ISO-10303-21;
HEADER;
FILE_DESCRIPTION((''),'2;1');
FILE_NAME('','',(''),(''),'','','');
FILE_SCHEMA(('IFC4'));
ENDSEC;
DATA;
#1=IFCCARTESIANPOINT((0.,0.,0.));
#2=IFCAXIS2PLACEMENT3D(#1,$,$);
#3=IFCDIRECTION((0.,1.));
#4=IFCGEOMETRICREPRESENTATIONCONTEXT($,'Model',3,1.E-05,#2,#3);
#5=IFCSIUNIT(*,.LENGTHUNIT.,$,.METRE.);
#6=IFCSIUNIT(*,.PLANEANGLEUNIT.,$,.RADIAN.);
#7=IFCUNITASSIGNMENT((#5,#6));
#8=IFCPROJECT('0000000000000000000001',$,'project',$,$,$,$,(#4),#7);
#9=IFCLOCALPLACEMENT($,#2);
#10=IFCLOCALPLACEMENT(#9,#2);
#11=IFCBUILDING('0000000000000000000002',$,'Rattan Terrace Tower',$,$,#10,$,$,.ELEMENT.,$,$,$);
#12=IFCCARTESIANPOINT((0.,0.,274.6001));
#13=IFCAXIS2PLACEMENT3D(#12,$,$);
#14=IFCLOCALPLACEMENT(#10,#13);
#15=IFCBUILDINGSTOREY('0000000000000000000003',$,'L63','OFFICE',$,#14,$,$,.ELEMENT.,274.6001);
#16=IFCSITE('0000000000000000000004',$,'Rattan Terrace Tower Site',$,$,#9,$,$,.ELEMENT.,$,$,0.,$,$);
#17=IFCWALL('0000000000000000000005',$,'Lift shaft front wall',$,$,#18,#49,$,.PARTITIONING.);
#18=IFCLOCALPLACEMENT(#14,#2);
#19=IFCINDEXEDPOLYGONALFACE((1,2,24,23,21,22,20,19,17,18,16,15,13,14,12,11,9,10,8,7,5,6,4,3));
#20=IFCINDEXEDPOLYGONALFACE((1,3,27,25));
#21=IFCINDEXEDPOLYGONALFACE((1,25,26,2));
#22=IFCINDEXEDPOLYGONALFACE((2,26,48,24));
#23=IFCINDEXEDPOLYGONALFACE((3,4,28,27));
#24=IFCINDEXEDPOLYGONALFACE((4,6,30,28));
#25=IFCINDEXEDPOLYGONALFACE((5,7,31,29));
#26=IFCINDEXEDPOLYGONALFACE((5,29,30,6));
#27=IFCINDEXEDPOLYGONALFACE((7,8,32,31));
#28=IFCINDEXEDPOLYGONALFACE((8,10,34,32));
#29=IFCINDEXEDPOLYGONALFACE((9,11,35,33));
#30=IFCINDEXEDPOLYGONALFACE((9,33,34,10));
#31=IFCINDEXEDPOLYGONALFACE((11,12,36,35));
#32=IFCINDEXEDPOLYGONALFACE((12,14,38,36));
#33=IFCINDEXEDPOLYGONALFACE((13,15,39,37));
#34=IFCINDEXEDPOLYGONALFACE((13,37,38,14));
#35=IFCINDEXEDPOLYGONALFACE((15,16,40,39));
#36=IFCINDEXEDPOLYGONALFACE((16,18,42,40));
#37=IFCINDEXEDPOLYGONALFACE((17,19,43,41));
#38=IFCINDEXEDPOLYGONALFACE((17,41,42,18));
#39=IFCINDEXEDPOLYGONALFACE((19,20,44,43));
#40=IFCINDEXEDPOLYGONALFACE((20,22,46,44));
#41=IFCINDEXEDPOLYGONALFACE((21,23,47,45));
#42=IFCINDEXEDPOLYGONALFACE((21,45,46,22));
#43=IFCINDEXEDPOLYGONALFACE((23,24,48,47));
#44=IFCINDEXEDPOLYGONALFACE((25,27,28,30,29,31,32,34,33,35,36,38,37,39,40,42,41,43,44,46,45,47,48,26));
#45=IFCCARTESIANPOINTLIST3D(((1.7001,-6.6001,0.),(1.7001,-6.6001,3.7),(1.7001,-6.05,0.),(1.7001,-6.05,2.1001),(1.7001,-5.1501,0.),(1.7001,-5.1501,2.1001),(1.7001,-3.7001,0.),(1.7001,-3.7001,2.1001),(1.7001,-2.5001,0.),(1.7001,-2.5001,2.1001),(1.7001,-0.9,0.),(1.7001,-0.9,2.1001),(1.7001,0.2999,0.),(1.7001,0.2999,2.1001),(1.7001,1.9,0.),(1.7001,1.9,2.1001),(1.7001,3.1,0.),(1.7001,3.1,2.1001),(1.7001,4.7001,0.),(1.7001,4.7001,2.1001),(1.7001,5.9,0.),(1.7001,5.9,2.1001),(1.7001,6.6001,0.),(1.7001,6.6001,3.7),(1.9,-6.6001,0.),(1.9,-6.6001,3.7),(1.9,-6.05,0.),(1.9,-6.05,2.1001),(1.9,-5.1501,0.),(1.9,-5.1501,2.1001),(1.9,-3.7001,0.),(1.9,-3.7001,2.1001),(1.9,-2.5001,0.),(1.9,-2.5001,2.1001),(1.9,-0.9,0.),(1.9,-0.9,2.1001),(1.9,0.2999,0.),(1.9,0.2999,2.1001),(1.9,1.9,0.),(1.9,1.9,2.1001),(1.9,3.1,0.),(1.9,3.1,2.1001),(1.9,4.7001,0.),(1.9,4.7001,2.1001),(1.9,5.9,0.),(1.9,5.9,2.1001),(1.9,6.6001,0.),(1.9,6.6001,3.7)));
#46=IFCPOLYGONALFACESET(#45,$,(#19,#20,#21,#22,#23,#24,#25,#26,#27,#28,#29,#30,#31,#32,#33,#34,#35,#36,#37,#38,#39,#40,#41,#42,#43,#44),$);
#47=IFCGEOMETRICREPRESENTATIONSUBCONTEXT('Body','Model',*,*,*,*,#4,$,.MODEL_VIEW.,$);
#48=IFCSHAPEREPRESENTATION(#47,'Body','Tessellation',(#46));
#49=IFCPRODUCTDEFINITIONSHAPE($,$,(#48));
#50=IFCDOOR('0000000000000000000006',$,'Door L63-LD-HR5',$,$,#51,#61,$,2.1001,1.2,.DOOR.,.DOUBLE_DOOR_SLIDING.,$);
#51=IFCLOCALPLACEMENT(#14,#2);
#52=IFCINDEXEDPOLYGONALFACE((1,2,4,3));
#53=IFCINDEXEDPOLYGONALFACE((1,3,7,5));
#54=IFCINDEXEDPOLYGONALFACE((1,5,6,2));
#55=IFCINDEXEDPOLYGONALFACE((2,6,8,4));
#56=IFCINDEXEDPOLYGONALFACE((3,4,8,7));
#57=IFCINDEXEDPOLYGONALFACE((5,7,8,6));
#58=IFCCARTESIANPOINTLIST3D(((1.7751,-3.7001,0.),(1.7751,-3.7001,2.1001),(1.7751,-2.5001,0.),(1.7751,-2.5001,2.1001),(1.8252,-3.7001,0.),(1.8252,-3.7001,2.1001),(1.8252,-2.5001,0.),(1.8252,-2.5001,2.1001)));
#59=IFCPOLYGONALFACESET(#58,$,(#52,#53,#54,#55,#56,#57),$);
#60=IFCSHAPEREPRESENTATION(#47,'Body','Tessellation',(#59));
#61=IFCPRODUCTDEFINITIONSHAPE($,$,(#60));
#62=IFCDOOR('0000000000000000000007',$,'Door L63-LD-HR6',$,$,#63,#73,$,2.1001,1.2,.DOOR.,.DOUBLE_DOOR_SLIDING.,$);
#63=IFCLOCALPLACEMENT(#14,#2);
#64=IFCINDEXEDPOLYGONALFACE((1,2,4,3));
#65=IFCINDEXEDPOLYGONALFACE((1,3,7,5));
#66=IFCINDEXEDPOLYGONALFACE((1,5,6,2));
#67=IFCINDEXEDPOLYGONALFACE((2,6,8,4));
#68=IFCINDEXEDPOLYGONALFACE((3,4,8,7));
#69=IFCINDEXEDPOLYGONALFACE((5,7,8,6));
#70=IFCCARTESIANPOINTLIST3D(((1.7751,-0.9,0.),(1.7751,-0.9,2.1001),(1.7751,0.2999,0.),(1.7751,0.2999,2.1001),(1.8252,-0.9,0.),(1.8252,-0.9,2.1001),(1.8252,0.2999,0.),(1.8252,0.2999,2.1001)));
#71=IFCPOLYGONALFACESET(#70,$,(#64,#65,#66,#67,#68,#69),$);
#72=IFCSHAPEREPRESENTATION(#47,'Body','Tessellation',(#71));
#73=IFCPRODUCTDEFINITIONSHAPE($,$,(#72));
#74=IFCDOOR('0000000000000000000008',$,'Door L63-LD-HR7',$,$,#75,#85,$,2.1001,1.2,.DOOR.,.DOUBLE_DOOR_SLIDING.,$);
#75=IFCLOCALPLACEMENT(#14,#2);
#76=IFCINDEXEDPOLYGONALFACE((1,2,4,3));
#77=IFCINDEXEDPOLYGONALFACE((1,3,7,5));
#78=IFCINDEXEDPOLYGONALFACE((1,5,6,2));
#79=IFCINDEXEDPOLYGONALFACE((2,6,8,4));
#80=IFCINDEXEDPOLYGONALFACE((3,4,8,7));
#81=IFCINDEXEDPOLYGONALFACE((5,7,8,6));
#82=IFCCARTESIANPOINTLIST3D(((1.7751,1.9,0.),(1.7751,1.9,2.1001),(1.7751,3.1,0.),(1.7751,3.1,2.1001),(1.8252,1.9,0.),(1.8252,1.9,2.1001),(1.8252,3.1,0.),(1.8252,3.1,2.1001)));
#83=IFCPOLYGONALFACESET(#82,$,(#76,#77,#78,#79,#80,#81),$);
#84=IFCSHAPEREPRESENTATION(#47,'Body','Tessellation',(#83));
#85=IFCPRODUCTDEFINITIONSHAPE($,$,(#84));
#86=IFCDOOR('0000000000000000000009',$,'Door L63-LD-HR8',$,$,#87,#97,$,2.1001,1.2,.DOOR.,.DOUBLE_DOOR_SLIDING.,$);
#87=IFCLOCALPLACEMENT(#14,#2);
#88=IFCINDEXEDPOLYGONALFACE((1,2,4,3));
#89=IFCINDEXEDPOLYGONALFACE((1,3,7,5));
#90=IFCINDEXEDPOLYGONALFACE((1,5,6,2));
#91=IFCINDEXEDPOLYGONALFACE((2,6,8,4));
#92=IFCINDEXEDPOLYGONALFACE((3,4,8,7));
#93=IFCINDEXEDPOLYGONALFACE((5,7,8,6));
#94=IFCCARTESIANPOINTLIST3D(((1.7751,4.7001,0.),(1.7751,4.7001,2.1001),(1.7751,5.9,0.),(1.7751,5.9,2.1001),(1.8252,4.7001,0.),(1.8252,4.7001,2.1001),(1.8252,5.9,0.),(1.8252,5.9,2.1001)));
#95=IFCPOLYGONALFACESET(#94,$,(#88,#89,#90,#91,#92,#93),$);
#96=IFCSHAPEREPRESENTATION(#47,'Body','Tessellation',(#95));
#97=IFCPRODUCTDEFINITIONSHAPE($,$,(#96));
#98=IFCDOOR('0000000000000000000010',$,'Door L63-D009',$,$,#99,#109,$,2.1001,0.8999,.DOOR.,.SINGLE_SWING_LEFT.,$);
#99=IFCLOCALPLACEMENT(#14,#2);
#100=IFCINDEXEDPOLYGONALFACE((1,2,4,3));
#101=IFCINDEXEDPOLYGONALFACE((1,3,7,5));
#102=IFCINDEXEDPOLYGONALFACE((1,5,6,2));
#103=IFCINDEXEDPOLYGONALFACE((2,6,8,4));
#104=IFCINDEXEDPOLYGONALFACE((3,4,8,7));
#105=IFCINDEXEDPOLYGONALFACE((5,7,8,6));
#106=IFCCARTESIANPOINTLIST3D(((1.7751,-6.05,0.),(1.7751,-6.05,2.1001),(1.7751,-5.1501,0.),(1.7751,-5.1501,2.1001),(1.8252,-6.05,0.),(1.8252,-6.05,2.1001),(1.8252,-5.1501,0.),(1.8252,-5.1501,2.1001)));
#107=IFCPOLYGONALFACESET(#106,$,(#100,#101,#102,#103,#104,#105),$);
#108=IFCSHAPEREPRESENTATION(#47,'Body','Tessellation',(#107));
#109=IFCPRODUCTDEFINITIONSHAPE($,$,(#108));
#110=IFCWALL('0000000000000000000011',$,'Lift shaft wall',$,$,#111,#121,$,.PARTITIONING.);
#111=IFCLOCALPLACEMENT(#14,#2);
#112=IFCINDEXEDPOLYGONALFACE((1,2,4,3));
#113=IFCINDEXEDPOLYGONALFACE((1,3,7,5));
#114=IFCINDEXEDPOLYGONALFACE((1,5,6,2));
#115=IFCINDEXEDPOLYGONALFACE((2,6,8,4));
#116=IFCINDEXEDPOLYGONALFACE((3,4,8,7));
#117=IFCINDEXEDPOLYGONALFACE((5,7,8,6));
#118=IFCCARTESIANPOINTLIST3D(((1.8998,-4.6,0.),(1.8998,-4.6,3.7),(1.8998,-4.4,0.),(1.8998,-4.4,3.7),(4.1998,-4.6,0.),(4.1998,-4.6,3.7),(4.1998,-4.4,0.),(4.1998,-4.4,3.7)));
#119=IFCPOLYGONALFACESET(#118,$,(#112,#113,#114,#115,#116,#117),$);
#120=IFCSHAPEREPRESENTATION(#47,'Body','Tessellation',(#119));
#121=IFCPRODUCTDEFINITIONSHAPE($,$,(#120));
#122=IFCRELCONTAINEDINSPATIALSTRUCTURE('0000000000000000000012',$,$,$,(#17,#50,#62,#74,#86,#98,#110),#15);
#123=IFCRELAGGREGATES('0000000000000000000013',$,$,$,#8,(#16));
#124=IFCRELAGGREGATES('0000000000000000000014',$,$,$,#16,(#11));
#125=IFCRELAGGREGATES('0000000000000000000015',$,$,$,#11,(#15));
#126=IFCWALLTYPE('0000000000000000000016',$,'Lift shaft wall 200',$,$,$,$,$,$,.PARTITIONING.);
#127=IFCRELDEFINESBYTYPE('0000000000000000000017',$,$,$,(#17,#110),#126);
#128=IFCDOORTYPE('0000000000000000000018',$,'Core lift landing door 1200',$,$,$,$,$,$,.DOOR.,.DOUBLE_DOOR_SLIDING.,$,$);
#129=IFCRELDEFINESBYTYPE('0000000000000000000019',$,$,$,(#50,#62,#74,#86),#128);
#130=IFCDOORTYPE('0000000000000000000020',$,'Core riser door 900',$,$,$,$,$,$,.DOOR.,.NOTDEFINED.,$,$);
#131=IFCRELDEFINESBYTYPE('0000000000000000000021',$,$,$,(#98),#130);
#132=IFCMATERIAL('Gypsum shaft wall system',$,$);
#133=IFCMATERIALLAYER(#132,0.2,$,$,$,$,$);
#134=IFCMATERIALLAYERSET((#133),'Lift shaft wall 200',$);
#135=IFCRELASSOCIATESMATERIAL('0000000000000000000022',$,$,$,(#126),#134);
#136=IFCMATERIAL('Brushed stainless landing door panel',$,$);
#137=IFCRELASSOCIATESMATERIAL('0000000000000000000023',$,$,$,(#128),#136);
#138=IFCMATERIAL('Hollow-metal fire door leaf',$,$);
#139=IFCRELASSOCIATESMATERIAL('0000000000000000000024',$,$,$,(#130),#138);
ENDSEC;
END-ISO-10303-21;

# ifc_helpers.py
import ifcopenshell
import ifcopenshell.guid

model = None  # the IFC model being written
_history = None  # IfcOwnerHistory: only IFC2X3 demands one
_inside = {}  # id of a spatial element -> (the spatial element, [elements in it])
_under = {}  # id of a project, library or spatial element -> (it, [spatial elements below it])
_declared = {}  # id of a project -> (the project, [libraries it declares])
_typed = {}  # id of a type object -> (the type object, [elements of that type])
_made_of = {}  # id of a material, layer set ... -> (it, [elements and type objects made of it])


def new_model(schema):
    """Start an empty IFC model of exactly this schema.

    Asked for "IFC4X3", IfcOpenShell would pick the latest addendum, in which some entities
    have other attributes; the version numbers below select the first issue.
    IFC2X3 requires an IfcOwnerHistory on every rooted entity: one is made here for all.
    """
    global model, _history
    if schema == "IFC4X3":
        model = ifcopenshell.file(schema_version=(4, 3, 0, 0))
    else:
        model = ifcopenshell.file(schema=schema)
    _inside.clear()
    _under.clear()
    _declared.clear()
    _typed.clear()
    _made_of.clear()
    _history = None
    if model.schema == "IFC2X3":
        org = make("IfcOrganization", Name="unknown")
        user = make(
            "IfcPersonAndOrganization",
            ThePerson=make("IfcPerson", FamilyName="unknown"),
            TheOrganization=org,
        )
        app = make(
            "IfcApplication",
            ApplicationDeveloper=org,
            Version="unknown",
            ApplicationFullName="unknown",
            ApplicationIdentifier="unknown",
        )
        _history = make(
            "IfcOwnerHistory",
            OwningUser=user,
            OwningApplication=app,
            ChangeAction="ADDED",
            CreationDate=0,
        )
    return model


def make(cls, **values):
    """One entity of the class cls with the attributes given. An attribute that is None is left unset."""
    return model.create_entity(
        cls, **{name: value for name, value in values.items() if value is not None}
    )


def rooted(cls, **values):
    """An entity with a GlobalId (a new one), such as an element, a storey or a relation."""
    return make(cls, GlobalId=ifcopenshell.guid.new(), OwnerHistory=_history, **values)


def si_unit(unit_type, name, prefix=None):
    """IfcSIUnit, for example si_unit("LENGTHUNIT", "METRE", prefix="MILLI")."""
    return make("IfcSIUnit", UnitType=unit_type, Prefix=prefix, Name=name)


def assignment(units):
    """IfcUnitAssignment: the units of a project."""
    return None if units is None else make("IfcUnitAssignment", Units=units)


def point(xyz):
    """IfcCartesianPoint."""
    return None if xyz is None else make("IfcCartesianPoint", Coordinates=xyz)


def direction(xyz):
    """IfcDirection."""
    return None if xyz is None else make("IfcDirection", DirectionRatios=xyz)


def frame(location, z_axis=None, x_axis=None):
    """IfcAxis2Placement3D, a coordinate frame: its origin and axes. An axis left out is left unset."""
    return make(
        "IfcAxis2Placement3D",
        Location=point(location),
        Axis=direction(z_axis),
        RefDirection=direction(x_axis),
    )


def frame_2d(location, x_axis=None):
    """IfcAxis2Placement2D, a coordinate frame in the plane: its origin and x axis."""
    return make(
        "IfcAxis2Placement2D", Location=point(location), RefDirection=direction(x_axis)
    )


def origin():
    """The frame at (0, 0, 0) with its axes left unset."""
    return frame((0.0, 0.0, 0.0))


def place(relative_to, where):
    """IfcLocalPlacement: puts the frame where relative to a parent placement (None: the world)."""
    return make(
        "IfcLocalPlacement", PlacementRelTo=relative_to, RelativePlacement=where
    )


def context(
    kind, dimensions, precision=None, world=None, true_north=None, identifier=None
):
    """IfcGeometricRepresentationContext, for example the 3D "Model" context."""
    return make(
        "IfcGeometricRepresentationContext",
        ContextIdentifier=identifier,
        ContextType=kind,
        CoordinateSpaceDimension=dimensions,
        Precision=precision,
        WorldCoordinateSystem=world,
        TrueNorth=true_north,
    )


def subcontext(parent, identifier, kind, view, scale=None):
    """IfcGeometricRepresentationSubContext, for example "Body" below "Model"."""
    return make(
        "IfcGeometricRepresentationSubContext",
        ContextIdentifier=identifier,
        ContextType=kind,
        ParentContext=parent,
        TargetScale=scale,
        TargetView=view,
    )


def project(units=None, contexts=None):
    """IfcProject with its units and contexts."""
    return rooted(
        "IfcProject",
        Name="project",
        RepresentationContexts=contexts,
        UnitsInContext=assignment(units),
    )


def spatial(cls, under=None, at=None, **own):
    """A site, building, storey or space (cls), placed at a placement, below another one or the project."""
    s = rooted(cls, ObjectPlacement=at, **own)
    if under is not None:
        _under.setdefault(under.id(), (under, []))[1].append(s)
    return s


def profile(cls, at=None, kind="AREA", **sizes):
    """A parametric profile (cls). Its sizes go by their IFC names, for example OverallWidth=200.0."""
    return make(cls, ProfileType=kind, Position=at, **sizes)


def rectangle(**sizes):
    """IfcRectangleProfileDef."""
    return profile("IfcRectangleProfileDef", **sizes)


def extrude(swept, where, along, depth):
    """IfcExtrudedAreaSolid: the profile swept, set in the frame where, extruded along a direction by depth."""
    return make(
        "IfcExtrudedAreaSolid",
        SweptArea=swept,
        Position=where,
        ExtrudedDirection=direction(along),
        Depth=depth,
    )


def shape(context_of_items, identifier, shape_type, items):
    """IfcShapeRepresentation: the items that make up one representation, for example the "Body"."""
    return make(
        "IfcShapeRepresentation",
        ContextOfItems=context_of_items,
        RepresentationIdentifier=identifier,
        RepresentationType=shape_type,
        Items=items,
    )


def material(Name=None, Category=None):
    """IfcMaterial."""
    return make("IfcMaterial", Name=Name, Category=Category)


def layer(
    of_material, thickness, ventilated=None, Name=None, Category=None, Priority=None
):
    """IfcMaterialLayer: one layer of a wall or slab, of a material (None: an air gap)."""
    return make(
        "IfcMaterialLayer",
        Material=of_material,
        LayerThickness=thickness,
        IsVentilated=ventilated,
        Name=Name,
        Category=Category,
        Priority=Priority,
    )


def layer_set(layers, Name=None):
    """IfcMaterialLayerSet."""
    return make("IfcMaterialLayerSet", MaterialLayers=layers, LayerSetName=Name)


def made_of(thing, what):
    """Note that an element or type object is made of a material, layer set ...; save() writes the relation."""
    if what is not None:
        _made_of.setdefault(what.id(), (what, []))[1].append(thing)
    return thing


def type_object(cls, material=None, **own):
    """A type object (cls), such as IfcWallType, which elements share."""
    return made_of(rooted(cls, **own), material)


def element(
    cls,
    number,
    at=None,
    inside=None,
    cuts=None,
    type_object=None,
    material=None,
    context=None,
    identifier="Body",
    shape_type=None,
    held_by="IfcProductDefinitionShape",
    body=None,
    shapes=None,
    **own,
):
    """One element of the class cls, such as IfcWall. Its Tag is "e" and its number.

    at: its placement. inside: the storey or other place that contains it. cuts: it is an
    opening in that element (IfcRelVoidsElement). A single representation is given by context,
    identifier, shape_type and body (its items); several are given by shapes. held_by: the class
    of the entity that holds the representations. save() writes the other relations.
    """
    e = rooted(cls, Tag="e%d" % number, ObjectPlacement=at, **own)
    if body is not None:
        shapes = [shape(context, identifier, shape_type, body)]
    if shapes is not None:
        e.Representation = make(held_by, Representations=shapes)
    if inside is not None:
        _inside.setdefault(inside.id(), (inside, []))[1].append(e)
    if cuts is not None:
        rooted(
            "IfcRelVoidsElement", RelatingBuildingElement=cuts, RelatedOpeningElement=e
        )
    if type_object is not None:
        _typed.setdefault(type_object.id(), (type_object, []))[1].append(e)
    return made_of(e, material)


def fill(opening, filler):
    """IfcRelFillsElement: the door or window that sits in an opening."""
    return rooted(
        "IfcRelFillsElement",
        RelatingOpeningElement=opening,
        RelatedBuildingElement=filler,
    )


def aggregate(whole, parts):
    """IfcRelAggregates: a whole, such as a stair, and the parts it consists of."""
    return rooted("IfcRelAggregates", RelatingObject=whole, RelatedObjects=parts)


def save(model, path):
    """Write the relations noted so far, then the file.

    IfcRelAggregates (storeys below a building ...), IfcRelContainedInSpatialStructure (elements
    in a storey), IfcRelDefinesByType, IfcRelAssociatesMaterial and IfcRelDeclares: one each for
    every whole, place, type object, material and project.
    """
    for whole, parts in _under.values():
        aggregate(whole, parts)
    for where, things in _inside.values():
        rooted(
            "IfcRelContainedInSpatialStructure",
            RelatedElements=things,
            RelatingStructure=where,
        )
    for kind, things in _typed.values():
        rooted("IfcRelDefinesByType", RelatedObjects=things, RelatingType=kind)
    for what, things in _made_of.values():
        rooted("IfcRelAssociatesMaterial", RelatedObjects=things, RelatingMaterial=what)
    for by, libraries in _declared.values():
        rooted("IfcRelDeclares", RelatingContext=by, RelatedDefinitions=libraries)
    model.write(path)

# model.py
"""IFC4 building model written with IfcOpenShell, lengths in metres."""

from ifc_helpers import new_model, si_unit, direction, frame, frame_2d, origin, place, context, subcontext, project, spatial, rectangle, extrude, material, layer, layer_set, type_object, element, fill, save


model = new_model("IFC4")

# Units and contexts
model_context = context("Model", 3, precision=1e-05, world=origin(), true_north=direction((0.0, 1.0)))
body_context = subcontext(model_context, "Body", "Model", "MODEL_VIEW")
ifc_project = project(units=[si_unit("LENGTHUNIT", "METRE"), si_unit("PLANEANGLEUNIT", "RADIAN")], contexts=[model_context])

# Site, building, storey
site_placement = place(None, origin())
site = spatial("IfcSite", under=ifc_project, at=site_placement, Name="Rattan Terrace Tower Site", CompositionType="ELEMENT", RefElevation=0.0)
building_placement = place(site_placement, origin())
building = spatial("IfcBuilding", under=site, at=building_placement, Name="Rattan Terrace Tower", CompositionType="ELEMENT")
storey_placement = place(building_placement, frame((0.0, 0.0, 274.6001)))
storey = spatial("IfcBuildingStorey", under=building, at=storey_placement, Name="L63", Description="OFFICE", CompositionType="ELEMENT", Elevation=274.6001)

# Wall, openings, doors
ifc_material_1 = material(Name="Gypsum shaft wall system")
ifc_layer_1 = layer(ifc_material_1, 0.2)
ifc_layer_set_1 = layer_set([ifc_layer_1], Name="Lift shaft wall 200")
wall_type_1 = type_object("IfcWallType", Name="Lift shaft wall 200", PredefinedType="PARTITIONING", material=ifc_layer_set_1)
wall_1_placement = place(storey_placement, frame((1.8, -6.6001, 0.0), z_axis=(0.0, 0.0, 1.0), x_axis=(0.0, 1.0, 0.0)))
wall_1 = element("IfcWall", 1, at=wall_1_placement, inside=storey, type_object=wall_type_1, Name="Lift shaft front wall", PredefinedType="PARTITIONING", context=body_context, shape_type="SweptSolid", body=[
    extrude(rectangle(XDim=13.2002, YDim=0.2, at=frame_2d((6.6001, 0.0))), origin(), (0.0, 0.0, 1.0), 3.7),
])
opening_1_placement = place(wall_1_placement, frame((0.55, 0.0, 0.0)))
opening_1 = element("IfcOpeningElement", 2, at=opening_1_placement, cuts=wall_1, PredefinedType="OPENING", context=body_context, shape_type="SweptSolid", body=[
    extrude(rectangle(XDim=0.8999, YDim=2.1001, at=frame_2d((0.45, 1.05))), frame((0.0, 0.1106, 0.0), z_axis=(0.0, -1.0, 0.0), x_axis=(1.0, 0.0, 0.0)), (0.0, 0.0, 1.0), 0.2209),
])
opening_2_placement = place(wall_1_placement, frame((2.8999, 0.0, 0.0)))
opening_2 = element("IfcOpeningElement", 3, at=opening_2_placement, cuts=wall_1, PredefinedType="OPENING", context=body_context, shape_type="SweptSolid", body=[
    extrude(rectangle(XDim=1.2, YDim=2.1001, at=frame_2d((0.6001, 1.05))), frame((0.0, 0.1106, 0.0), z_axis=(0.0, -1.0, 0.0), x_axis=(1.0, 0.0, 0.0)), (0.0, 0.0, 1.0), 0.2209),
])
opening_3_placement = place(wall_1_placement, frame((5.7, 0.0, 0.0)))
opening_3 = element("IfcOpeningElement", 4, at=opening_3_placement, cuts=wall_1, PredefinedType="OPENING", context=body_context, shape_type="SweptSolid", body=[
    extrude(rectangle(XDim=1.2, YDim=2.1001, at=frame_2d((0.6001, 1.05))), frame((0.0, 0.1106, 0.0), z_axis=(0.0, -1.0, 0.0), x_axis=(1.0, 0.0, 0.0)), (0.0, 0.0, 1.0), 0.2209),
])
opening_4_placement = place(wall_1_placement, frame((8.5, 0.0, 0.0)))
opening_4 = element("IfcOpeningElement", 5, at=opening_4_placement, cuts=wall_1, PredefinedType="OPENING", context=body_context, shape_type="SweptSolid", body=[
    extrude(rectangle(XDim=1.2, YDim=2.1001, at=frame_2d((0.6001, 1.05))), frame((0.0, 0.1106, 0.0), z_axis=(0.0, -1.0, 0.0), x_axis=(1.0, 0.0, 0.0)), (0.0, 0.0, 1.0), 0.2209),
])
opening_5_placement = place(wall_1_placement, frame((11.3, 0.0, 0.0)))
opening_5 = element("IfcOpeningElement", 6, at=opening_5_placement, cuts=wall_1, PredefinedType="OPENING", context=body_context, shape_type="SweptSolid", body=[
    extrude(rectangle(XDim=1.2, YDim=2.1001, at=frame_2d((0.6001, 1.05))), frame((0.0, 0.1106, 0.0), z_axis=(0.0, -1.0, 0.0), x_axis=(1.0, 0.0, 0.0)), (0.0, 0.0, 1.0), 0.2209),
])
ifc_material_2 = material(Name="Brushed stainless landing door panel")
door_type_1 = type_object("IfcDoorType", Name="Core lift landing door 1200", OperationType="DOUBLE_DOOR_SLIDING", PredefinedType="DOOR", material=ifc_material_2)
door_1_placement = place(opening_2_placement, origin())
door_1 = element("IfcDoor", 7, at=door_1_placement, inside=storey, type_object=door_type_1, Name="Door L63-LD-HR5", OperationType="DOUBLE_DOOR_SLIDING", OverallHeight=2.1001, OverallWidth=1.2, PredefinedType="DOOR", context=body_context, shape_type="SweptSolid", body=[
    extrude(rectangle(XDim=1.2, YDim=2.1001, at=frame_2d((0.6001, 1.05))), frame((0.0, 0.0249, 0.0), z_axis=(0.0, -1.0, 0.0), x_axis=(1.0, 0.0, 0.0)), (0.0, 0.0, 1.0), 0.05),
])
fill(opening_2, door_1)
door_2_placement = place(opening_3_placement, origin())
door_2 = element("IfcDoor", 8, at=door_2_placement, inside=storey, type_object=door_type_1, Name="Door L63-LD-HR6", OperationType="DOUBLE_DOOR_SLIDING", OverallHeight=2.1001, OverallWidth=1.2, PredefinedType="DOOR", context=body_context, shape_type="SweptSolid", body=[
    extrude(rectangle(XDim=1.2, YDim=2.1001, at=frame_2d((0.6001, 1.05))), frame((0.0, 0.0249, 0.0), z_axis=(0.0, -1.0, 0.0), x_axis=(1.0, 0.0, 0.0)), (0.0, 0.0, 1.0), 0.05),
])
fill(opening_3, door_2)
door_3_placement = place(opening_4_placement, origin())
door_3 = element("IfcDoor", 9, at=door_3_placement, inside=storey, type_object=door_type_1, Name="Door L63-LD-HR7", OperationType="DOUBLE_DOOR_SLIDING", OverallHeight=2.1001, OverallWidth=1.2, PredefinedType="DOOR", context=body_context, shape_type="SweptSolid", body=[
    extrude(rectangle(XDim=1.2, YDim=2.1001, at=frame_2d((0.6001, 1.05))), frame((0.0, 0.0249, 0.0), z_axis=(0.0, -1.0, 0.0), x_axis=(1.0, 0.0, 0.0)), (0.0, 0.0, 1.0), 0.05),
])
fill(opening_4, door_3)
door_4_placement = place(opening_5_placement, origin())
door_4 = element("IfcDoor", 10, at=door_4_placement, inside=storey, type_object=door_type_1, Name="Door L63-LD-HR8", OperationType="DOUBLE_DOOR_SLIDING", OverallHeight=2.1001, OverallWidth=1.2, PredefinedType="DOOR", context=body_context, shape_type="SweptSolid", body=[
    extrude(rectangle(XDim=1.2, YDim=2.1001, at=frame_2d((0.6001, 1.05))), frame((0.0, 0.0249, 0.0), z_axis=(0.0, -1.0, 0.0), x_axis=(1.0, 0.0, 0.0)), (0.0, 0.0, 1.0), 0.05),
])
fill(opening_5, door_4)
ifc_material_3 = material(Name="Hollow-metal fire door leaf")
door_type_2 = type_object("IfcDoorType", Name="Core riser door 900", OperationType="NOTDEFINED", PredefinedType="DOOR", material=ifc_material_3)
door_5_placement = place(opening_1_placement, origin())
door_5 = element("IfcDoor", 11, at=door_5_placement, inside=storey, type_object=door_type_2, Name="Door L63-D009", OperationType="SINGLE_SWING_LEFT", OverallHeight=2.1001, OverallWidth=0.8999, PredefinedType="DOOR", context=body_context, shape_type="SweptSolid", body=[
    extrude(rectangle(XDim=0.8999, YDim=2.1001, at=frame_2d((0.45, 1.05))), frame((0.0, 0.0249, 0.0), z_axis=(0.0, -1.0, 0.0), x_axis=(1.0, 0.0, 0.0)), (0.0, 0.0, 1.0), 0.05),
])
fill(opening_1, door_5)

# Wall
wall_2_placement = place(storey_placement, frame((1.8999, -4.5, 0.0), z_axis=(0.0, 0.0, 1.0), x_axis=(1.0, 0.0, 0.0)))
element("IfcWall", 12, at=wall_2_placement, inside=storey, type_object=wall_type_1, Name="Lift shaft wall", PredefinedType="PARTITIONING", context=body_context, shape_type="SweptSolid", body=[
    extrude(rectangle(XDim=2.3, YDim=0.2, at=frame_2d((1.1499, 0.0))), origin(), (0.0, 0.0, 1.0), 3.7),
])

save(model, "model.ifc")
